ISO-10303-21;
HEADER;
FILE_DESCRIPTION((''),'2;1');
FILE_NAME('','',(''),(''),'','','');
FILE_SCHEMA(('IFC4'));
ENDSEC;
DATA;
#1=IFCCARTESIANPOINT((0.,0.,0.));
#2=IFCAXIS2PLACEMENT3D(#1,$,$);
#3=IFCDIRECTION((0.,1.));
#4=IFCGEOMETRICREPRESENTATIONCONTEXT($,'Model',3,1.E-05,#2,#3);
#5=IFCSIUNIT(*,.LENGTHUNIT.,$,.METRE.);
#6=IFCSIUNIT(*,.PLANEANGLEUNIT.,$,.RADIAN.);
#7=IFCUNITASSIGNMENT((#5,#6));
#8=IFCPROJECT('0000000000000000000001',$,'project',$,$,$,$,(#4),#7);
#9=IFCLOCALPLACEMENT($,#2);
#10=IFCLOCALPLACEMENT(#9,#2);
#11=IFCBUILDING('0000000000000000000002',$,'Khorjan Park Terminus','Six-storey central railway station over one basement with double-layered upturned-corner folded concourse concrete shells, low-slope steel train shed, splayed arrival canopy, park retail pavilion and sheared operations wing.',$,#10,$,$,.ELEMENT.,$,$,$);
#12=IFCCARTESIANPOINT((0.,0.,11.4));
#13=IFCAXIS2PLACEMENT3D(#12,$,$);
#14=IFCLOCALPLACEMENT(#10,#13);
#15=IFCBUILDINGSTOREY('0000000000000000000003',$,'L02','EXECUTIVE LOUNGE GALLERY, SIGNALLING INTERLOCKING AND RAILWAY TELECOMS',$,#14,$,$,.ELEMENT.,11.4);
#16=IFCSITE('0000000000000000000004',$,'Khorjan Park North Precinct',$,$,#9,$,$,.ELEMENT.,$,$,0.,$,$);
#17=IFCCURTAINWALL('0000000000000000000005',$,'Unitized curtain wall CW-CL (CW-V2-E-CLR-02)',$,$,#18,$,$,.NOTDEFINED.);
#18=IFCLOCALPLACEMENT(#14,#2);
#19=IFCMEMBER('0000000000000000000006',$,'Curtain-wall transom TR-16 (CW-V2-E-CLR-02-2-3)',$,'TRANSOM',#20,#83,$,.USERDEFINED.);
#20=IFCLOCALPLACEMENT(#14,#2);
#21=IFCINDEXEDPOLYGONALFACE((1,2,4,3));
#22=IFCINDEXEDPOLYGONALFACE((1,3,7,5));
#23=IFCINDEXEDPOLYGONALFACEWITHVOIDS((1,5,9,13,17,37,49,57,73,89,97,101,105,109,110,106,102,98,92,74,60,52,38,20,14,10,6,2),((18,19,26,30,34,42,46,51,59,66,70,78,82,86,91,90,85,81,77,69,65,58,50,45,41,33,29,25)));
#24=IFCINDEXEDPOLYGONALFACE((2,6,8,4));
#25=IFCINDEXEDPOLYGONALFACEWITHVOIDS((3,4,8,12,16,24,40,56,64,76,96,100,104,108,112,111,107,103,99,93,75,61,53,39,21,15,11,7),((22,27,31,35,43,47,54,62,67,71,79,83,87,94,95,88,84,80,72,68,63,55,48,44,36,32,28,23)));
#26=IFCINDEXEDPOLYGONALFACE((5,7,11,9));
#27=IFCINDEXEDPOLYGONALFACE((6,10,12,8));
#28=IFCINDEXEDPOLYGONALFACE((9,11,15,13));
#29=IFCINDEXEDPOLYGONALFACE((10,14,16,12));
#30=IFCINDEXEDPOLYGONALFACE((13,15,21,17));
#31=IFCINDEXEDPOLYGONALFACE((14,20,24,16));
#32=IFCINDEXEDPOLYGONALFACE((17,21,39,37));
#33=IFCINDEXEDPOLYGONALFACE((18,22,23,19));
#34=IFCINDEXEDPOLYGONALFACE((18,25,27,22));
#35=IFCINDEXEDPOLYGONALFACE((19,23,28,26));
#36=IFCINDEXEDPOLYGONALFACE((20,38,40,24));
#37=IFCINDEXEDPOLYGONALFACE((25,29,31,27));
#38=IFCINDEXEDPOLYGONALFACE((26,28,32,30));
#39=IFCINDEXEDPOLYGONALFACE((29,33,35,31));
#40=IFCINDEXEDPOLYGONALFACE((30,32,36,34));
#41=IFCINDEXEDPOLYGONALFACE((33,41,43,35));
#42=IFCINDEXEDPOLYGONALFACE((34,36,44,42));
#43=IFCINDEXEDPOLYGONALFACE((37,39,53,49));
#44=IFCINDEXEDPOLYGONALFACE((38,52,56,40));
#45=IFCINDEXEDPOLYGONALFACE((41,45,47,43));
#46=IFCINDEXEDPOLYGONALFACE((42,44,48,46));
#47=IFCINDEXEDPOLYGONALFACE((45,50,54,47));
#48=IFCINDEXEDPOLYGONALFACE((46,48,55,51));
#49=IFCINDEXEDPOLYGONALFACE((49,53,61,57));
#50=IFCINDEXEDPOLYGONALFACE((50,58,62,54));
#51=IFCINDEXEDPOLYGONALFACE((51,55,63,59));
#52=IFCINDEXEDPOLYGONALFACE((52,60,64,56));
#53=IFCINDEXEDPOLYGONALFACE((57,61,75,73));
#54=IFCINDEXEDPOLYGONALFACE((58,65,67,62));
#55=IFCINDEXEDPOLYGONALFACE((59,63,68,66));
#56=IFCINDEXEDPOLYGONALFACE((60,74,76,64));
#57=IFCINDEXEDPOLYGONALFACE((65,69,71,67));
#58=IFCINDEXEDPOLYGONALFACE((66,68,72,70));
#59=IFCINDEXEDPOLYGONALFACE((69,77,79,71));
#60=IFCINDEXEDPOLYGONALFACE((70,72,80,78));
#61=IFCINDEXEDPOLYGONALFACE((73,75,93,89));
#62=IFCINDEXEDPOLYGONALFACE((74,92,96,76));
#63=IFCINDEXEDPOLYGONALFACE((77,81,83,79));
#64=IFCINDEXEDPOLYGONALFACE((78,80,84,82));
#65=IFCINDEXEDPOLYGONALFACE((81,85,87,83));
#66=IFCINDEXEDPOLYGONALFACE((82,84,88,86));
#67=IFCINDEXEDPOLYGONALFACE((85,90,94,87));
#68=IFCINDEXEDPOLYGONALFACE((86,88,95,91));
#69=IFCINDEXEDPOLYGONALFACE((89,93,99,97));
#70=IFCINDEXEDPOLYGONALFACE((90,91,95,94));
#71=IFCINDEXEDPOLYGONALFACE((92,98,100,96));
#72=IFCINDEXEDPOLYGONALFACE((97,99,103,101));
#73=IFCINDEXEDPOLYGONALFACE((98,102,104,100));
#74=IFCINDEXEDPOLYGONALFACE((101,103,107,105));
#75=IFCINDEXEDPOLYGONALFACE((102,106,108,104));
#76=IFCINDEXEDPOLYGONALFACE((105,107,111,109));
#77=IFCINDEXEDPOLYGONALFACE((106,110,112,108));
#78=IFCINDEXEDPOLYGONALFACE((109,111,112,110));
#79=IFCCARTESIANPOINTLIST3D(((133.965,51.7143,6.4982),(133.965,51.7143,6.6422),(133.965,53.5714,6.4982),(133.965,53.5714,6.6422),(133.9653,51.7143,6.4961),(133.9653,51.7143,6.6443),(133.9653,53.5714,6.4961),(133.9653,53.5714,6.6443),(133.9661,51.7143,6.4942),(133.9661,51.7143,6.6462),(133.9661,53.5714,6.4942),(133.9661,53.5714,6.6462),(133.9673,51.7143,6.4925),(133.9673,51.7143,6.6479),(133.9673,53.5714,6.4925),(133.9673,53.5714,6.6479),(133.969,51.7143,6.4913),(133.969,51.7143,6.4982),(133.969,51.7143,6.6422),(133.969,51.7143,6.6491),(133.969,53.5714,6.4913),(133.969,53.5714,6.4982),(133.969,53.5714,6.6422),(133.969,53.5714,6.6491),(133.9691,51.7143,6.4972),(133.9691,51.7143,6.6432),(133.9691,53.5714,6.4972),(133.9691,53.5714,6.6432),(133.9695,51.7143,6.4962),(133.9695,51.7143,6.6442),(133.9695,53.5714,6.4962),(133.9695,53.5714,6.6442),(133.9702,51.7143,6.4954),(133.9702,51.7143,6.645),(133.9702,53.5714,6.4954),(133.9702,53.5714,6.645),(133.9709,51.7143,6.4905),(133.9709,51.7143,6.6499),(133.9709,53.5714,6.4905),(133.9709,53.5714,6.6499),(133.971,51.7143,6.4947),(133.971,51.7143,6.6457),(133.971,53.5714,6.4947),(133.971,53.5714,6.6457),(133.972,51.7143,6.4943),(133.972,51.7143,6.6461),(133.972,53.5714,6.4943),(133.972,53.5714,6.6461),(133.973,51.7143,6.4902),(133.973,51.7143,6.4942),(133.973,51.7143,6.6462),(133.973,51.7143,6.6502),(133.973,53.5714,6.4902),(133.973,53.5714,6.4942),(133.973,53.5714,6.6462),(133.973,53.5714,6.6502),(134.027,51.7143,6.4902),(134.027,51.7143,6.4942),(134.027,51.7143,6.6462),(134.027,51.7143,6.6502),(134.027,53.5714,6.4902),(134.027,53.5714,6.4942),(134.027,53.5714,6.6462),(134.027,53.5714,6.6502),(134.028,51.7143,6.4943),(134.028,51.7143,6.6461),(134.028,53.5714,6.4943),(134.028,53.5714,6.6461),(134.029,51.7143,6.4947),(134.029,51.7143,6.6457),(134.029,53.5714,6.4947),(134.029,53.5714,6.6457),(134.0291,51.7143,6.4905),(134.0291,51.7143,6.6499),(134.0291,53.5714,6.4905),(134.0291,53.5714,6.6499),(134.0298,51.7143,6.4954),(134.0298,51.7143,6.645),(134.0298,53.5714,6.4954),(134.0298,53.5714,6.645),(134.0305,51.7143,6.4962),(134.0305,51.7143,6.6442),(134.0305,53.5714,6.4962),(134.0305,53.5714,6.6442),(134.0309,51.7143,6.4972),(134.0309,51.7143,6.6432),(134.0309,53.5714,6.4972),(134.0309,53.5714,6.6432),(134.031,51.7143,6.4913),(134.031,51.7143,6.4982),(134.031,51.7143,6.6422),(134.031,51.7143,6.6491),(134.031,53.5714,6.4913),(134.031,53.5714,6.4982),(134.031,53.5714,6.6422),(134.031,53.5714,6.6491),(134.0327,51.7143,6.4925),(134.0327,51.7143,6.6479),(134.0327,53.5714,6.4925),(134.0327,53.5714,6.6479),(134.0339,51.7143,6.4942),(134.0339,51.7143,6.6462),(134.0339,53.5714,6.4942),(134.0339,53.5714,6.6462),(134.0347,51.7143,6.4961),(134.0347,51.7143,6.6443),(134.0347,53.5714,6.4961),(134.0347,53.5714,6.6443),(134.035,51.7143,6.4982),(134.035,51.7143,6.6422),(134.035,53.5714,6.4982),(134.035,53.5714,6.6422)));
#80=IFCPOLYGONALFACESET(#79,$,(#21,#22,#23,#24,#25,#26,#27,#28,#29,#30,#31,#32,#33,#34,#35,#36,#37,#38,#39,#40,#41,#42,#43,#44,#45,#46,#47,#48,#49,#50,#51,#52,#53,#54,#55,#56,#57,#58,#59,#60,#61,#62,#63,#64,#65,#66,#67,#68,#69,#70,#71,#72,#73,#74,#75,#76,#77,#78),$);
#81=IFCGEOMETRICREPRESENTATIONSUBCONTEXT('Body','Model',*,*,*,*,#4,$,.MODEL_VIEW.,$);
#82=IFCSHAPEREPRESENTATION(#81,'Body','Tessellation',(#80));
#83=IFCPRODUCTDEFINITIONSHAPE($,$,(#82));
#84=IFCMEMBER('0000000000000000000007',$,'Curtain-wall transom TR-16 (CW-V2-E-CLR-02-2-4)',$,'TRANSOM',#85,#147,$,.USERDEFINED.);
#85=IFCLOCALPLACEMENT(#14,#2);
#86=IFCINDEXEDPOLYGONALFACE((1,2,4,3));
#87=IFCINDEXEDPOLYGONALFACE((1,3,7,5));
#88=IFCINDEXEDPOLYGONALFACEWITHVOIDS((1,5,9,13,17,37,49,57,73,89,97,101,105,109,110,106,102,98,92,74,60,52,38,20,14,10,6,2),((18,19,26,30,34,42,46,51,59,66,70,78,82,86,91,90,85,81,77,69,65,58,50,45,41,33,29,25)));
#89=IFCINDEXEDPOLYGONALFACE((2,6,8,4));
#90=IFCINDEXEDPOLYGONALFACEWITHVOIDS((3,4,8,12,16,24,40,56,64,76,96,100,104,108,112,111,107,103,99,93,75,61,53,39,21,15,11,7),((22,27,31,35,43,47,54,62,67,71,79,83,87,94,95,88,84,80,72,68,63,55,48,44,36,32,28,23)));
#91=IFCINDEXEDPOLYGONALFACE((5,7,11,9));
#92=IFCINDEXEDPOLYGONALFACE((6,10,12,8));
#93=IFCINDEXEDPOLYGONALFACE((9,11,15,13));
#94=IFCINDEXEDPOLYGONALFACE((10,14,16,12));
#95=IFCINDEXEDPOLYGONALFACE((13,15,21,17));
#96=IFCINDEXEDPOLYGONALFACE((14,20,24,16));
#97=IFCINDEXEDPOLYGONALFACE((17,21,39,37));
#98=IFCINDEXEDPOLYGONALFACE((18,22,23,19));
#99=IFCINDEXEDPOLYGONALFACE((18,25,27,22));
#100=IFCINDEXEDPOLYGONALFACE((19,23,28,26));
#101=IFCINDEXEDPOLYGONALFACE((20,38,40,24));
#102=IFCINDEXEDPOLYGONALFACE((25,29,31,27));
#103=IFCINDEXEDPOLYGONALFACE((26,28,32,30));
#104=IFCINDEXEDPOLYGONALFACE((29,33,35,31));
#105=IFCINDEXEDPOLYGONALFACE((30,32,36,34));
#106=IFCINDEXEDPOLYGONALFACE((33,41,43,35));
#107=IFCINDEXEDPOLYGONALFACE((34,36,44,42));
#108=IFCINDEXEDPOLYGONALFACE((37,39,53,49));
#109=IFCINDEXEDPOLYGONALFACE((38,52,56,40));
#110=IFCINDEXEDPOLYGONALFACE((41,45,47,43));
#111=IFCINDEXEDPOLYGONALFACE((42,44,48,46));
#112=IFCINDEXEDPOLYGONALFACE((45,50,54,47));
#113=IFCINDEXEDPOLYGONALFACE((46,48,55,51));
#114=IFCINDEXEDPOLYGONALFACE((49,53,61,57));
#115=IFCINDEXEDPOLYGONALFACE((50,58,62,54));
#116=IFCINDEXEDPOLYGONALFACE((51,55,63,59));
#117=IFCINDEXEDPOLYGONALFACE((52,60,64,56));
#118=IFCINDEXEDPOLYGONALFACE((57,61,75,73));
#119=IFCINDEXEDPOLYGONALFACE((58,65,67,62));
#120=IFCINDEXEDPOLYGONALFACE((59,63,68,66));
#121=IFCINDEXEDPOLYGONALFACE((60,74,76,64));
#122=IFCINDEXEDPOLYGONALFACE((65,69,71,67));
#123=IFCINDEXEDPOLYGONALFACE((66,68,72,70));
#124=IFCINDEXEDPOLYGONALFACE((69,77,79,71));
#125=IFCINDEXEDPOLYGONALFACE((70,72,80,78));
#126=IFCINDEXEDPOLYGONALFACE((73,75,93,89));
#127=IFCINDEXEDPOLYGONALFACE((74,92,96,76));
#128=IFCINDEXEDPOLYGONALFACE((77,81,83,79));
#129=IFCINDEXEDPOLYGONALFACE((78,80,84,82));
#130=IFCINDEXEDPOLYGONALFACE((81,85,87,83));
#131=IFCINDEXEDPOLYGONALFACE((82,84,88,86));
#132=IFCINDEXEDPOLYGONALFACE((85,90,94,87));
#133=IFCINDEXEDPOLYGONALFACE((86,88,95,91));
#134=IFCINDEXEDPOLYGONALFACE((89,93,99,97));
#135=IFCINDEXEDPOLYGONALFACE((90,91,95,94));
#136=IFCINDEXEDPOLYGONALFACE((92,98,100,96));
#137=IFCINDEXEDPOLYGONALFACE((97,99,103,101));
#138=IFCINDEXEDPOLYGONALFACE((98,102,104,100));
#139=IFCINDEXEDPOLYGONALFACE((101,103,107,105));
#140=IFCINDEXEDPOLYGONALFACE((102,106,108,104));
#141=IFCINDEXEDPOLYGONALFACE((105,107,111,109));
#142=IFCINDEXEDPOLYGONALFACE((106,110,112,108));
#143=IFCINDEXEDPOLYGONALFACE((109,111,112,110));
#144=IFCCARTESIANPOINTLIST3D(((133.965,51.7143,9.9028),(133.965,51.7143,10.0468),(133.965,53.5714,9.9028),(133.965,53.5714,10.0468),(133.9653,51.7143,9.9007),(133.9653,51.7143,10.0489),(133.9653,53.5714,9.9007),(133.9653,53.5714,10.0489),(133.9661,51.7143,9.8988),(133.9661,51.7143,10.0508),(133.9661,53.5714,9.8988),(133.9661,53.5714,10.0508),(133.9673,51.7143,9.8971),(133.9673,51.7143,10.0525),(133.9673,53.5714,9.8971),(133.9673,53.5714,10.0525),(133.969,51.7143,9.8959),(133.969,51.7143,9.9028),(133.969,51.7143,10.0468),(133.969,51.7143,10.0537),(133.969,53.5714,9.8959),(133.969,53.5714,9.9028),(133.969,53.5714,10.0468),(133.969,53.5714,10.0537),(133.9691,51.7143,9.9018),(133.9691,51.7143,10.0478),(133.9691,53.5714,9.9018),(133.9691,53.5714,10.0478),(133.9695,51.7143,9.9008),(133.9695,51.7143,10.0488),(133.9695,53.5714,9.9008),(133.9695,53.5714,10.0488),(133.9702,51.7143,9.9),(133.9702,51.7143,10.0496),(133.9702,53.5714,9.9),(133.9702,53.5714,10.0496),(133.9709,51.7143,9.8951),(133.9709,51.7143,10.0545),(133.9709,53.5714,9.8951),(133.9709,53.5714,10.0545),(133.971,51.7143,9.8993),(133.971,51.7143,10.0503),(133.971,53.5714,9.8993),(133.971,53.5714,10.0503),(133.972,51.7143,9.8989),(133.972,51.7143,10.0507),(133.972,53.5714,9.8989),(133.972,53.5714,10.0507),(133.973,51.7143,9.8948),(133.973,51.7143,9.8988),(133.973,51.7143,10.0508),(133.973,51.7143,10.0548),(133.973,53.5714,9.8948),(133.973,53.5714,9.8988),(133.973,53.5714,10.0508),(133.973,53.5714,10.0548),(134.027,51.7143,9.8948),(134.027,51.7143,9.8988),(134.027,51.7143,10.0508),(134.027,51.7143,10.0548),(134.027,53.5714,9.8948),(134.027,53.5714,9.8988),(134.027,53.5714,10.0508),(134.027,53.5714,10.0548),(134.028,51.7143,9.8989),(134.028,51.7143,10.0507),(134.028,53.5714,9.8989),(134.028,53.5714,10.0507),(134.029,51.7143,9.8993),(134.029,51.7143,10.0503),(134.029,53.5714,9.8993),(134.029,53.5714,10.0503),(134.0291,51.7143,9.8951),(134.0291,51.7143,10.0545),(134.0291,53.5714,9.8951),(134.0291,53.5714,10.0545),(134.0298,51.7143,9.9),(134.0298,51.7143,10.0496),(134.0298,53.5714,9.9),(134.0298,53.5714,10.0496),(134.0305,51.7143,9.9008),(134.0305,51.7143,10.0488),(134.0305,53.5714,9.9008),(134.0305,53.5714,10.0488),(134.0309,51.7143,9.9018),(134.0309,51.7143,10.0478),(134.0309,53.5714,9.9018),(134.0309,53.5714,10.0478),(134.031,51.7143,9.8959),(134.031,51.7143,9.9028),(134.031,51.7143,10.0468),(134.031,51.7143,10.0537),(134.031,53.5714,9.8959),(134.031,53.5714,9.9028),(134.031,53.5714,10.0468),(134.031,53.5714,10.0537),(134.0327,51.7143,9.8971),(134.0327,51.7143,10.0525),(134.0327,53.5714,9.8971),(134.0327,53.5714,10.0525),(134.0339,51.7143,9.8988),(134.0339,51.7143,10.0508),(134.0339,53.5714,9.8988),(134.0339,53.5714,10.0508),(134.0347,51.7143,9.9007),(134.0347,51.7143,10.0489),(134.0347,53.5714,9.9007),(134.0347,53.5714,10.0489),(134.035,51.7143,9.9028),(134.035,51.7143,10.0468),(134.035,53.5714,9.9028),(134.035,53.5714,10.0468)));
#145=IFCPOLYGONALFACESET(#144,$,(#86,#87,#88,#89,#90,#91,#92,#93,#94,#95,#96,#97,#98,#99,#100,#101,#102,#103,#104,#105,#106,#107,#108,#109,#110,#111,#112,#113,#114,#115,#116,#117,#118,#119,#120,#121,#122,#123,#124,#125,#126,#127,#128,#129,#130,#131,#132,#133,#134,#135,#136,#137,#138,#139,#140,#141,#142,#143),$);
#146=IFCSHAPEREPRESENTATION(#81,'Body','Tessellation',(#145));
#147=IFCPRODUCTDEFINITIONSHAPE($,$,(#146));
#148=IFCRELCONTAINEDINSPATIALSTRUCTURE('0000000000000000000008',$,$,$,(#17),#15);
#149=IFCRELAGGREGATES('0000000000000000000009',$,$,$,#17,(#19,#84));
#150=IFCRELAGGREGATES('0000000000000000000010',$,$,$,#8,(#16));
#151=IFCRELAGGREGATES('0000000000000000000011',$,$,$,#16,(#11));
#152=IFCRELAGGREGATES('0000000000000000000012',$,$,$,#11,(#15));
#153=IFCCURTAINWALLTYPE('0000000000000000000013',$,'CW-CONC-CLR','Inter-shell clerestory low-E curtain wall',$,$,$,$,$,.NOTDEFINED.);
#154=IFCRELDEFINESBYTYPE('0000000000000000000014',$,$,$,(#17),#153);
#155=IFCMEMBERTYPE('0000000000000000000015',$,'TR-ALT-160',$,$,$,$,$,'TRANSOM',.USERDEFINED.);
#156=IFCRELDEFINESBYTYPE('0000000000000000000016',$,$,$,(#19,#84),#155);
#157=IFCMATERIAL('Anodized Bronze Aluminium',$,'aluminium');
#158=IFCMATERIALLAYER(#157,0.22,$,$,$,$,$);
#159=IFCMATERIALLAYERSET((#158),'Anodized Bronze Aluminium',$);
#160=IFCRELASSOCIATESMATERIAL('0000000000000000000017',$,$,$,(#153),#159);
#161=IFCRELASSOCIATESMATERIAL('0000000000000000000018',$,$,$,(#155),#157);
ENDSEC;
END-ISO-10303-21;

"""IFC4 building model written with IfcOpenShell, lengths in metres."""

from ifc_helpers import new_model, si_unit, direction, frame, origin, origin_2d, place, context, subcontext, project, spatial, hollow_rectangle, extrude, material, layer, layer_set, material_profile, profile_set, type_object, element, aggregate, save


model = new_model("IFC4")

# Units and contexts
model_context = context("Model", 3, precision=1e-05, world=origin(), true_north=direction((0.0, 1.0)))
body_context = subcontext(model_context, "Body", "Model", "MODEL_VIEW")
ifc_project = project(units=[si_unit("LENGTHUNIT", "METRE"), si_unit("PLANEANGLEUNIT", "RADIAN")], contexts=[model_context])

# Site, building, storey
site_placement = place(None, origin())
site = spatial("IfcSite", under=ifc_project, at=site_placement, Name="Khorjan Park North Precinct", CompositionType="ELEMENT", RefElevation=0.0)
building_placement = place(site_placement, origin())
building = spatial("IfcBuilding", under=site, at=building_placement, Name="Khorjan Park Terminus", Description="Six-storey central railway station over one basement with double-layered upturned-corner folded concourse concrete shells, low-slope steel train shed, splayed arrival canopy, park retail pavilion and sheared operations wing.", CompositionType="ELEMENT")
storey_placement = place(building_placement, frame((0.0, 0.0, 11.4)))
storey = spatial("IfcBuildingStorey", under=building, at=storey_placement, Name="L02", Description="EXECUTIVE LOUNGE GALLERY, SIGNALLING INTERLOCKING AND RAILWAY TELECOMS", CompositionType="ELEMENT", Elevation=11.4)

# Curtain wall, members
ifc_material_1 = material(Name="Anodized Bronze Aluminium", Category="aluminium")
ifc_layer_1 = layer(ifc_material_1, 0.22)
ifc_layer_set_1 = layer_set([ifc_layer_1], Name="Anodized Bronze Aluminium")
curtain_wall_type = type_object("IfcCurtainWallType", Name="CW-CONC-CLR", Description="Inter-shell clerestory low-E curtain wall", PredefinedType="NOTDEFINED", material=ifc_layer_set_1)
curtain_wall_placement = place(storey_placement, origin())
curtain_wall = element("IfcCurtainWall", 1, at=curtain_wall_placement, inside=storey, type_object=curtain_wall_type, Name="Unitized curtain wall CW-CL (CW-V2-E-CLR-02)", PredefinedType="NOTDEFINED")
ifc_material_profile_1 = material_profile(ifc_material_1, hollow_rectangle(XDim=0.07, YDim=0.16, WallThickness=0.004, InnerFilletRadius=0.004, OuterFilletRadius=0.008, at=origin_2d()), Name="ALT 70x160x4")
ifc_profile_set_1 = profile_set([ifc_material_profile_1], Name="Anodized Bronze Aluminium")
member_type_1 = type_object("IfcMemberType", Name="TR-ALT-160", ElementType="TRANSOM", PredefinedType="USERDEFINED", material=ifc_profile_set_1)
member_1_placement = place(storey_placement, frame((134.0, 51.7143, 6.5702), z_axis=(0.0, 1.0, 0.0), x_axis=(-1.0, 0.0, 0.0)))
member_1 = element("IfcMember", 2, at=member_1_placement, type_object=member_type_1, Name="Curtain-wall transom TR-16 (CW-V2-E-CLR-02-2-3)", ObjectType="TRANSOM", PredefinedType="USERDEFINED", context=body_context, shape_type="SweptSolid", body=[
    extrude(hollow_rectangle(XDim=0.07, YDim=0.16, WallThickness=0.004, InnerFilletRadius=0.004, OuterFilletRadius=0.008, at=origin_2d()), origin(), (0.0, 0.0, 1.0), 1.8571),
])
member_2_placement = place(storey_placement, frame((134.0, 51.7143, 9.9748), z_axis=(0.0, 1.0, 0.0), x_axis=(-1.0, 0.0, 0.0)))
member_2 = element("IfcMember", 3, at=member_2_placement, type_object=member_type_1, Name="Curtain-wall transom TR-16 (CW-V2-E-CLR-02-2-4)", ObjectType="TRANSOM", PredefinedType="USERDEFINED", context=body_context, shape_type="SweptSolid", body=[
    extrude(hollow_rectangle(XDim=0.07, YDim=0.16, WallThickness=0.004, InnerFilletRadius=0.004, OuterFilletRadius=0.008, at=origin_2d()), origin(), (0.0, 0.0, 1.0), 1.8571),
])
aggregate(curtain_wall, [member_1, member_2])

save(model, "model.ifc")
